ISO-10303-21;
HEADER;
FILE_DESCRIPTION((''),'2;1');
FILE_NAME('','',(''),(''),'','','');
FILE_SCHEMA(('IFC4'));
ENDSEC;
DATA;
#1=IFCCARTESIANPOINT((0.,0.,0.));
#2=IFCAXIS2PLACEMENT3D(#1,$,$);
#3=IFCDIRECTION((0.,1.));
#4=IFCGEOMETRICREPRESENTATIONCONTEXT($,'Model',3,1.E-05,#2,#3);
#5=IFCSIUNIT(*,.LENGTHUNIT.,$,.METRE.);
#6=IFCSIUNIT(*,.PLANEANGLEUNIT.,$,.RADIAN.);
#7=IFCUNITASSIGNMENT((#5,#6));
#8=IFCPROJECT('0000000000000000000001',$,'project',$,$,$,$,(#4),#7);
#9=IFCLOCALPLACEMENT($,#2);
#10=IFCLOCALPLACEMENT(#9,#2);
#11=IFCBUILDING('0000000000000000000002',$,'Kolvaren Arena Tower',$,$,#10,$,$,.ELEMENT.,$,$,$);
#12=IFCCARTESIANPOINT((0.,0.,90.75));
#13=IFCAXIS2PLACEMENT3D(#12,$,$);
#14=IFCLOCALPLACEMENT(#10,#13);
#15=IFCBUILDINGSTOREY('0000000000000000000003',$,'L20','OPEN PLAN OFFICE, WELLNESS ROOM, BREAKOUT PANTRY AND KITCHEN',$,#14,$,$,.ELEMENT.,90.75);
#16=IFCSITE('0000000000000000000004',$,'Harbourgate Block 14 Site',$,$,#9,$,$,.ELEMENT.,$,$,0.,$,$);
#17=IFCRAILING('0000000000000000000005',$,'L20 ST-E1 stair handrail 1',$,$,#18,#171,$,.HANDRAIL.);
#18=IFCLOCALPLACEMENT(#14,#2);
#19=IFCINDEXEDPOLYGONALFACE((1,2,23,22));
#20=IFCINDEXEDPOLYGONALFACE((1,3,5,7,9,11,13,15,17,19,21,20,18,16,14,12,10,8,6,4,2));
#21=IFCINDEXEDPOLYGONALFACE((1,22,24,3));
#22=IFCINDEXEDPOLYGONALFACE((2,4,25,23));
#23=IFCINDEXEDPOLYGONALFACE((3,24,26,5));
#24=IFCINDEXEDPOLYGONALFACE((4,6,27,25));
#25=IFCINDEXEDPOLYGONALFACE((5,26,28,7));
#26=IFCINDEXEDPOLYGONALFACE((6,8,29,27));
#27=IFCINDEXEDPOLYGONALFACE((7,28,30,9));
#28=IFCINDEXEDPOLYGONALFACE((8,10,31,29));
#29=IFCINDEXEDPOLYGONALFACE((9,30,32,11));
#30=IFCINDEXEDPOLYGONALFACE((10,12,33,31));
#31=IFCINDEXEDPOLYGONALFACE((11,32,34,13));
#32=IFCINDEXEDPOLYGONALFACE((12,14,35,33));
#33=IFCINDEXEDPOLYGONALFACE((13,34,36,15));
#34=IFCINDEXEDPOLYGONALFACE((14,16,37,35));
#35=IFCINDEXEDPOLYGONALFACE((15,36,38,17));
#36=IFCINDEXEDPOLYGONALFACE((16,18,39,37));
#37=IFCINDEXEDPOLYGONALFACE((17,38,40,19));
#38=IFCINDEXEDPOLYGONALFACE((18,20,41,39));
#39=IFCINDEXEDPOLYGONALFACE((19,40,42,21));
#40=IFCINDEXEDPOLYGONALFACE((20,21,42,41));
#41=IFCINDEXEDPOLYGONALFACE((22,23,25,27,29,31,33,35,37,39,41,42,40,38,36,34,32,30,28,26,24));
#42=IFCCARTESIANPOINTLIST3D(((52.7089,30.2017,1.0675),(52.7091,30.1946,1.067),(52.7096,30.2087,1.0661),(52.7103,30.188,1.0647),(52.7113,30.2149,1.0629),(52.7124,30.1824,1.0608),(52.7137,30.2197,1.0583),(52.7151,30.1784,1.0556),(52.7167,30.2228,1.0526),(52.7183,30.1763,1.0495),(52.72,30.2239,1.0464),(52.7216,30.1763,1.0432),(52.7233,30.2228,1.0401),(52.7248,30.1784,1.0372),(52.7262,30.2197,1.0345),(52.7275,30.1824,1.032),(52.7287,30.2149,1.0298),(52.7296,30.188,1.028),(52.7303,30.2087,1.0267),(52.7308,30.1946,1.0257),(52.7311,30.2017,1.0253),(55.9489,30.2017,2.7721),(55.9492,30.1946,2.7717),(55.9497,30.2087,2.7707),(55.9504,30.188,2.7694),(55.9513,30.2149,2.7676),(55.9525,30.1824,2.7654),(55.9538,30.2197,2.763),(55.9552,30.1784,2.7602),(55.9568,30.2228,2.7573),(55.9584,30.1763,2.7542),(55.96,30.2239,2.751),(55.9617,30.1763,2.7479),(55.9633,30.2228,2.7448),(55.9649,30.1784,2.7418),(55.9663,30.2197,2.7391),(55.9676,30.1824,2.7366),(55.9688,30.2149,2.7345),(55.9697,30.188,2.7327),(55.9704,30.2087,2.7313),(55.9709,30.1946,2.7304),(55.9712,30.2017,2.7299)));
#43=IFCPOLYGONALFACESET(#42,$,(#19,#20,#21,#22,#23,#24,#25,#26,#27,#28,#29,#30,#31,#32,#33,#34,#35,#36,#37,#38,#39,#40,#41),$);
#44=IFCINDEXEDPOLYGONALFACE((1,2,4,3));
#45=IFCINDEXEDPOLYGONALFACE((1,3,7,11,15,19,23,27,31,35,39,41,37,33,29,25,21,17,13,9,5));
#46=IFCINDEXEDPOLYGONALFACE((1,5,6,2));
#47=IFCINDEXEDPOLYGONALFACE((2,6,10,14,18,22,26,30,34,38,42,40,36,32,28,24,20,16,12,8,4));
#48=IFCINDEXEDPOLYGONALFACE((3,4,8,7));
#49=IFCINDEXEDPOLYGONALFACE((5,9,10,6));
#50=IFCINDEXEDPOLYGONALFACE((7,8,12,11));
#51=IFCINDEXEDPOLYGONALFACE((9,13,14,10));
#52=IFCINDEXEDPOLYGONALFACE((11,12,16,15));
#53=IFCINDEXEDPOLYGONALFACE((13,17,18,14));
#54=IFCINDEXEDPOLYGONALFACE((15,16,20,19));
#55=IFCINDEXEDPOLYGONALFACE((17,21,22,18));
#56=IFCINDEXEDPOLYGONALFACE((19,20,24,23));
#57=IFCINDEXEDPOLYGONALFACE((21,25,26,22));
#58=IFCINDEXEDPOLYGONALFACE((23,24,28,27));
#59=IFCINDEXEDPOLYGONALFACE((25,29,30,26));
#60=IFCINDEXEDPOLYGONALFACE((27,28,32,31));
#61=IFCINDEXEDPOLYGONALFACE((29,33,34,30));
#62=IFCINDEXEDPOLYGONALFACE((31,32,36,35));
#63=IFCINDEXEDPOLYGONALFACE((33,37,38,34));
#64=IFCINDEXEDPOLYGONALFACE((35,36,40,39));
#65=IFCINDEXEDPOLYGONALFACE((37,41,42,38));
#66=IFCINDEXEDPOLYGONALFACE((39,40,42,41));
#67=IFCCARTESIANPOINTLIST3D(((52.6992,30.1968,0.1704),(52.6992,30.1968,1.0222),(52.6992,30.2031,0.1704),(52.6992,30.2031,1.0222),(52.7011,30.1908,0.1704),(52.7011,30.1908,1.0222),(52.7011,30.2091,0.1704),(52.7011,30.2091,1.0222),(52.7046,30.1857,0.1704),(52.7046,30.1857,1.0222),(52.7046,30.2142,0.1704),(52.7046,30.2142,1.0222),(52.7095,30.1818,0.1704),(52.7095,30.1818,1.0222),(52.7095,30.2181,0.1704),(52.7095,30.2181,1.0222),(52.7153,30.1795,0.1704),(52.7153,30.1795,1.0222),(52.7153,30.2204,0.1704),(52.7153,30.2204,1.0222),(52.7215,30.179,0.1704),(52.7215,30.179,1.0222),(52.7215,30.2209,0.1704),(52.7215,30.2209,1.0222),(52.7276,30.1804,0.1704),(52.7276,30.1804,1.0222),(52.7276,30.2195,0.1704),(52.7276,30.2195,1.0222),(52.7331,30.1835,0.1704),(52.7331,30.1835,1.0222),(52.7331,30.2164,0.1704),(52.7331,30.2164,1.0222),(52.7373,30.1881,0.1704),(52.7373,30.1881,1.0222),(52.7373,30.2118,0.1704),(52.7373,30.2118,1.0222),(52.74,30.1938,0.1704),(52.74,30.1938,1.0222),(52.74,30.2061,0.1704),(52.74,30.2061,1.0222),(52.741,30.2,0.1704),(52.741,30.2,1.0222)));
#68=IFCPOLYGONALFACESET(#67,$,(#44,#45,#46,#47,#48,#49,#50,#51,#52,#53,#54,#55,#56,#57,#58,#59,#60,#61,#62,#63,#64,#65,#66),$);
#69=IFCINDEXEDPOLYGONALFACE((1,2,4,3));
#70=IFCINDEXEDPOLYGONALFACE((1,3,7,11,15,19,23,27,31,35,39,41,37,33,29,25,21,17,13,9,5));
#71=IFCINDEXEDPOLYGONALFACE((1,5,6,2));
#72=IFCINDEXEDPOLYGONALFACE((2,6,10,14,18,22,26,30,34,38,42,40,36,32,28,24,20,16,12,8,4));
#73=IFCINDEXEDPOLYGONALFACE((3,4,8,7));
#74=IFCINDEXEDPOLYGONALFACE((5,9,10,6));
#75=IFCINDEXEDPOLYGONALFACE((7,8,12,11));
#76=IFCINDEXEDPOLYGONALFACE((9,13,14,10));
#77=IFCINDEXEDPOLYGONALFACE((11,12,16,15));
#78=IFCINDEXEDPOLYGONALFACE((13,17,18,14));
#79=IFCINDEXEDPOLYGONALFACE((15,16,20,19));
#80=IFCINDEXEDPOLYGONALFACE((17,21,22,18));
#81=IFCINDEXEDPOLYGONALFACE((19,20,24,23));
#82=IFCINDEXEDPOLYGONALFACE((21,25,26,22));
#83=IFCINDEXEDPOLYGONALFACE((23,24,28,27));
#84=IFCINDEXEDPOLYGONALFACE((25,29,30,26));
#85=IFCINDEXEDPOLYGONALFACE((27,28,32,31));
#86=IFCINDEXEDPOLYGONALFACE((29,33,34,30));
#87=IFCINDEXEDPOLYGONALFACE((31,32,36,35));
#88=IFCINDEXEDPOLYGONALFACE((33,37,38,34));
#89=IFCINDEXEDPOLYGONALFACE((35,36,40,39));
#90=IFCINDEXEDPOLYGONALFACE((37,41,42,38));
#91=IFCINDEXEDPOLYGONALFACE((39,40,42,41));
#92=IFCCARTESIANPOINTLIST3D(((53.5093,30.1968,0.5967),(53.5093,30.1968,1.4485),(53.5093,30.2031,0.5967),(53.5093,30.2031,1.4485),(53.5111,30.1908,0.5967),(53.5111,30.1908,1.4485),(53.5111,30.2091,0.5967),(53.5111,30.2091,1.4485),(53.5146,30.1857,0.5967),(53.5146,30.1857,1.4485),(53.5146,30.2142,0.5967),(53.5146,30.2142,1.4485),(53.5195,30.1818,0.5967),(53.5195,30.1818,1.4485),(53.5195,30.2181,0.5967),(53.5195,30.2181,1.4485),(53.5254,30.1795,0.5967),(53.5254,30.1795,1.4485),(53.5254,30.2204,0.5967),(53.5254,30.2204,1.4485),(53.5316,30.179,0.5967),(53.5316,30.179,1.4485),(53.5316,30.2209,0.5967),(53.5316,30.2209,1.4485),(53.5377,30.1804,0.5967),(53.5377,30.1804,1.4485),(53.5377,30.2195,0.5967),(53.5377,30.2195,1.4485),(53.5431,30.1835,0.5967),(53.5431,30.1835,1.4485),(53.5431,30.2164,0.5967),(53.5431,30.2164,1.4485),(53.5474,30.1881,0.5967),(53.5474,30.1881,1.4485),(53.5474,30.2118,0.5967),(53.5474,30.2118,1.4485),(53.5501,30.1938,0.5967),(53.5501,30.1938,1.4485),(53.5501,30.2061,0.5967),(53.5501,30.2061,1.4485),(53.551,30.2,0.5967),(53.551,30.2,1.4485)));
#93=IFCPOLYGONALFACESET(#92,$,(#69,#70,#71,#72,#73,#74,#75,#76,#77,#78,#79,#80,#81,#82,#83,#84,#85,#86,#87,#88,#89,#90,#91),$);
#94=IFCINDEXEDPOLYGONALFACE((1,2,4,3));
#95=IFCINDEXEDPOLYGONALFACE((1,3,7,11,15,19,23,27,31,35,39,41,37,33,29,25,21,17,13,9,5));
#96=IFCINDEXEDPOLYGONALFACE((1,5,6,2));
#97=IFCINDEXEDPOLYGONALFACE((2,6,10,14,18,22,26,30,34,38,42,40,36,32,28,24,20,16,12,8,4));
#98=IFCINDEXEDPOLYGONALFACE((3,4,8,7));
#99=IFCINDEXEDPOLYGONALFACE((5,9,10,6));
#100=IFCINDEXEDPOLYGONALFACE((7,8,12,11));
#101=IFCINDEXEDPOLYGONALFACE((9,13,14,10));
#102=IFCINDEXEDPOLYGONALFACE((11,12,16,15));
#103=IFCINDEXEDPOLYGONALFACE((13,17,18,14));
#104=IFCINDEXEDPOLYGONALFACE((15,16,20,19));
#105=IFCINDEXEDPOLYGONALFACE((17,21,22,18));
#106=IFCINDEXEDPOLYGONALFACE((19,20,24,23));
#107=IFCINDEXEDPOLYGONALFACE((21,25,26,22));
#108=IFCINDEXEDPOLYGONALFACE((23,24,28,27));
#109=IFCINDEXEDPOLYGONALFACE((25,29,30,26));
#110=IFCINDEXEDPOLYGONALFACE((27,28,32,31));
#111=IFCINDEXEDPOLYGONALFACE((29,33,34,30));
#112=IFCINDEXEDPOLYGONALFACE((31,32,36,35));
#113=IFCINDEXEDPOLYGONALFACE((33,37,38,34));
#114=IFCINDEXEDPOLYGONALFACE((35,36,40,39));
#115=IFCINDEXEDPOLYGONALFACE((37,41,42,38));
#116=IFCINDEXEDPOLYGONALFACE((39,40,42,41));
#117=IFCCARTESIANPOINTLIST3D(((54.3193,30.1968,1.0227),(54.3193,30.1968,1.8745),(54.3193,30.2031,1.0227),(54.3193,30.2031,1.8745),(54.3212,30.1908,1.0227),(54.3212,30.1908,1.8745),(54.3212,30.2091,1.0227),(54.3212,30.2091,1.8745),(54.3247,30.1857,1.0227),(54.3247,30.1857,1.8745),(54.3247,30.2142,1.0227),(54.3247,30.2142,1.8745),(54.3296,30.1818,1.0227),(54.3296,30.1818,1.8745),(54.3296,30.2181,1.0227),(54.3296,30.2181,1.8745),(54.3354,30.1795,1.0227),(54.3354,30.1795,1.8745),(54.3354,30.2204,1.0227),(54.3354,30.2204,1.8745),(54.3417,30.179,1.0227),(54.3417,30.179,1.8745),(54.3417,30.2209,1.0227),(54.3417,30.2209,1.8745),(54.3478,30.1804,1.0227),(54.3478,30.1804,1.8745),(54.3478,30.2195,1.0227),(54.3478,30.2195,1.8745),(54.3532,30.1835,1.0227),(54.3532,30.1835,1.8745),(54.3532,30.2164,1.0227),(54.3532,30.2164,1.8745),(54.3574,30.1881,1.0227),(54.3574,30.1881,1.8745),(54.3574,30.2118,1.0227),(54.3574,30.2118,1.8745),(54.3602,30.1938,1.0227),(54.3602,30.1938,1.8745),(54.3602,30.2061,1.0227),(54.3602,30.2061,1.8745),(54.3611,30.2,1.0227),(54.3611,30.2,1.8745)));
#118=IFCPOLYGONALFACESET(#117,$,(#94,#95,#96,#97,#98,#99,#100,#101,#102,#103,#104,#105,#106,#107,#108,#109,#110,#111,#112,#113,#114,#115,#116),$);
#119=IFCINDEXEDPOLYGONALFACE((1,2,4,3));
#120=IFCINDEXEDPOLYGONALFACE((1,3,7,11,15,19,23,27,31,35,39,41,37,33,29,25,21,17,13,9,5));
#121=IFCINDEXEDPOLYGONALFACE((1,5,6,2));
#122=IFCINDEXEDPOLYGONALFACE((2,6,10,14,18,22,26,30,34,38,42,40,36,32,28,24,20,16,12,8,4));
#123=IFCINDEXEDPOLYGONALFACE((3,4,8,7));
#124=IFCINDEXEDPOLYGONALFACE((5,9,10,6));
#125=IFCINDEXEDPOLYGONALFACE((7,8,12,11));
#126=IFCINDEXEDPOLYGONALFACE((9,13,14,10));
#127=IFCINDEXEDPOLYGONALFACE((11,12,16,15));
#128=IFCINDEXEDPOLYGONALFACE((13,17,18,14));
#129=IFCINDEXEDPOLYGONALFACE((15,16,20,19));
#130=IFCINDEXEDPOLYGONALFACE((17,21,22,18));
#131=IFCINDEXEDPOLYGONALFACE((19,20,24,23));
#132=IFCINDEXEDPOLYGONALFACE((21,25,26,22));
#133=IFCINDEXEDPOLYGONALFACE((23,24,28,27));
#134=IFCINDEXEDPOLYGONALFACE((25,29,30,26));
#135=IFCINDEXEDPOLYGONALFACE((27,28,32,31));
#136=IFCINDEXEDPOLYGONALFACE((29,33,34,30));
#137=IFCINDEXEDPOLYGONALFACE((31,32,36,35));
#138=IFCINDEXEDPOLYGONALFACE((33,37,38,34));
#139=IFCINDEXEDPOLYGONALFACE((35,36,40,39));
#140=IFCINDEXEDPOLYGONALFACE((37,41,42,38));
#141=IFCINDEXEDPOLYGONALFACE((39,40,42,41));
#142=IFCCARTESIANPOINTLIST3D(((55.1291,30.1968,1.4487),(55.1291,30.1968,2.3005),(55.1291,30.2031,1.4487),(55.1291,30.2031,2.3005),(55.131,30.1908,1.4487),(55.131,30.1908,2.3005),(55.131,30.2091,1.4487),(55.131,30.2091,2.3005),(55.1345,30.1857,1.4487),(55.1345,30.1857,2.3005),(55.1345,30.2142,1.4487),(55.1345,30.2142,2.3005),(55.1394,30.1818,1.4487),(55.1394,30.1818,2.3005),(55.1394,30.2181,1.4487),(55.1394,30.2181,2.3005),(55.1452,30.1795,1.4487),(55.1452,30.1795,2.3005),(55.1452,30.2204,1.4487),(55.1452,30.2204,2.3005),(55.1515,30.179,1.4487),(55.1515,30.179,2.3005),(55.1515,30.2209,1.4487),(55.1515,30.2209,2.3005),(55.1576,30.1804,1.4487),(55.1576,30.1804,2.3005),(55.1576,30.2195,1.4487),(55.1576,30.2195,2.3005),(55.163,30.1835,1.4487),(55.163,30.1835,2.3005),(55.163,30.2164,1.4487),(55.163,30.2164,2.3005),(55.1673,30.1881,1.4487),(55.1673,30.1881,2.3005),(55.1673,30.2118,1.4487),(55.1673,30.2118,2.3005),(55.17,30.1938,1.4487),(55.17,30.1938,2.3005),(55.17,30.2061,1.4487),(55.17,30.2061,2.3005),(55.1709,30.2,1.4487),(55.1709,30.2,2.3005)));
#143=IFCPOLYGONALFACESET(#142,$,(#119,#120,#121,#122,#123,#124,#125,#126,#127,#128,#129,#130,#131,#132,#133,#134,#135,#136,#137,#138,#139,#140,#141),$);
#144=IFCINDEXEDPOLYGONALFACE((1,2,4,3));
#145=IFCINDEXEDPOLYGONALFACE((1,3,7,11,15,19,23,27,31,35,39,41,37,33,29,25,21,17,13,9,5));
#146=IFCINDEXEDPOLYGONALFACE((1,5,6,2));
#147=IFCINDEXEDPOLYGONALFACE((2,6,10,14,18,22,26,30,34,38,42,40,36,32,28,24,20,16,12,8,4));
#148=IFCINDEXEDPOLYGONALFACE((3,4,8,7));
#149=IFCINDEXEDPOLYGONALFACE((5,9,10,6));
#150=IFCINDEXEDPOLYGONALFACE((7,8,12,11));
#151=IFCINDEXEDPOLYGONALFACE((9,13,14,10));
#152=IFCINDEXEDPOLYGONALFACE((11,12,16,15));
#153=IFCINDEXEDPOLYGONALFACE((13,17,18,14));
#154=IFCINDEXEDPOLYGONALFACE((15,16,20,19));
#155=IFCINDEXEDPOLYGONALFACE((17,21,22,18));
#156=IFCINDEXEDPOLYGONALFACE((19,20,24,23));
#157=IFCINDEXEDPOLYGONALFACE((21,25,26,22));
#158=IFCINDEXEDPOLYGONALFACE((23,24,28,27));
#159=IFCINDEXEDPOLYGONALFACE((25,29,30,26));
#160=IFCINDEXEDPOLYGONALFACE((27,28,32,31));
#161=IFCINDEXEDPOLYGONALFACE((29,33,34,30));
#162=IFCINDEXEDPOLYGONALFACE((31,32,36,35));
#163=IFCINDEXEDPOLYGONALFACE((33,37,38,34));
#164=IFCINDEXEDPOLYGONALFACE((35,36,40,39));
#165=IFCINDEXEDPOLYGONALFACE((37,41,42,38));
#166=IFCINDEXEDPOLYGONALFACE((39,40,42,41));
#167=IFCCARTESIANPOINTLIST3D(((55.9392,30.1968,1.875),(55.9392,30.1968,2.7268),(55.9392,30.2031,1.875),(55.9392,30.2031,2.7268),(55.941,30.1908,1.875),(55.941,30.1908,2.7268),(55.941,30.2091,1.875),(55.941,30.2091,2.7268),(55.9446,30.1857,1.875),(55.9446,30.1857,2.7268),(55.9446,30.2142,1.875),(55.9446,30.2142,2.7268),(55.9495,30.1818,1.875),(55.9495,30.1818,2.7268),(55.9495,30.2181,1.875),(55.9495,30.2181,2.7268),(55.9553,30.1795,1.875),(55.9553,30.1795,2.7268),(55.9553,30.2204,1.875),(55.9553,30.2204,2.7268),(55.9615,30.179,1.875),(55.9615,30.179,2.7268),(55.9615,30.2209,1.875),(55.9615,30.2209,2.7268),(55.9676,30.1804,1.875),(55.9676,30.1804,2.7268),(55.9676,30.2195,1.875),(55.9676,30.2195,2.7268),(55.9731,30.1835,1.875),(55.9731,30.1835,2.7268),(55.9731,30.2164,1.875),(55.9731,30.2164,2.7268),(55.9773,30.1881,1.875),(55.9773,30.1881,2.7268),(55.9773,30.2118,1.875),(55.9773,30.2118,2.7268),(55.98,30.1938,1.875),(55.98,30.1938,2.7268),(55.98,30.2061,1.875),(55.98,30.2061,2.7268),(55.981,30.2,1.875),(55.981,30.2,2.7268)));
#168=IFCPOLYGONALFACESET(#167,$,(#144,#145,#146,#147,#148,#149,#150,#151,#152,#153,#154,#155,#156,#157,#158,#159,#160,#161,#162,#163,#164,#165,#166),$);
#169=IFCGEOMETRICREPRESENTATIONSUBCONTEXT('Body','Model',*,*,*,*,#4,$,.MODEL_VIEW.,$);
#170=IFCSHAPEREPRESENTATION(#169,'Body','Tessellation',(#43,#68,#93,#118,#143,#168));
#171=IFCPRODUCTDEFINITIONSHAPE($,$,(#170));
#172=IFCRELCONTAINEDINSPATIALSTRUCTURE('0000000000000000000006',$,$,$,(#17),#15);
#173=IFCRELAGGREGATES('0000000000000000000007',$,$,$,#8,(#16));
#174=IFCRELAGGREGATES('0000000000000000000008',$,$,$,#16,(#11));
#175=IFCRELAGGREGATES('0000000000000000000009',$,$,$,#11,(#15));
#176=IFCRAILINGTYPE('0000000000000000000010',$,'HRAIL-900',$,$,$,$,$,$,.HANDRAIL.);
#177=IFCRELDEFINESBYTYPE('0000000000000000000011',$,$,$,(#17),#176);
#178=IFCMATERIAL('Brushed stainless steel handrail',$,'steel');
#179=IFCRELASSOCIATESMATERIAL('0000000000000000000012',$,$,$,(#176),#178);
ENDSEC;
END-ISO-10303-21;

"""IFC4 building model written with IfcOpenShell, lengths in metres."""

from ifc_helpers import new_model, si_unit, direction, frame, origin, origin_2d, place, context, subcontext, project, spatial, circle, extrude, material, type_object, element, save


model = new_model("IFC4")

# Units and contexts
model_context = context("Model", 3, precision=1e-05, world=origin(), true_north=direction((0.0, 1.0)))
body_context = subcontext(model_context, "Body", "Model", "MODEL_VIEW")
ifc_project = project(units=[si_unit("LENGTHUNIT", "METRE"), si_unit("PLANEANGLEUNIT", "RADIAN")], contexts=[model_context])

# Site, building, storey
site_placement = place(None, origin())
site = spatial("IfcSite", under=ifc_project, at=site_placement, Name="Harbourgate Block 14 Site", CompositionType="ELEMENT", RefElevation=0.0)
building_placement = place(site_placement, origin())
building = spatial("IfcBuilding", under=site, at=building_placement, Name="Kolvaren Arena Tower", CompositionType="ELEMENT")
storey_placement = place(building_placement, frame((0.0, 0.0, 90.75)))
storey = spatial("IfcBuildingStorey", under=building, at=storey_placement, Name="L20", Description="OPEN PLAN OFFICE, WELLNESS ROOM, BREAKOUT PANTRY AND KITCHEN", CompositionType="ELEMENT", Elevation=90.75)

# Railing
ifc_material_1 = material(Name="Brushed stainless steel handrail", Category="steel")
railing_type_1 = type_object("IfcRailingType", Name="HRAIL-900", PredefinedType="HANDRAIL", material=ifc_material_1)
railing_1_placement = place(storey_placement, frame((52.72, 30.2, 0.1704)))
element("IfcRailing", 1, at=railing_1_placement, inside=storey, type_object=railing_type_1, Name="L20 ST-E1 stair handrail 1", PredefinedType="HANDRAIL", context=body_context, shape_type="SweptSolid", body=[
    extrude(circle(Radius=0.0239, at=origin_2d()), frame((0.0, 0.0, 0.876), z_axis=(0.884993, 0.0, 0.465604), x_axis=(0.0, 1.0, 0.0)), (0.0, 0.0, 1.0), 3.6611),
    extrude(circle(Radius=0.021, at=origin_2d()), origin(), (0.0, 0.0, 1.0), 0.8518),
    extrude(circle(Radius=0.021, at=origin_2d()), frame((0.8101, 0.0, 0.4263)), (0.0, 0.0, 1.0), 0.8518),
    extrude(circle(Radius=0.021, at=origin_2d()), frame((1.6201, 0.0, 0.8523)), (0.0, 0.0, 1.0), 0.8518),
    extrude(circle(Radius=0.021, at=origin_2d()), frame((2.4299, 0.0, 1.2783)), (0.0, 0.0, 1.0), 0.8518),
    extrude(circle(Radius=0.021, at=origin_2d()), frame((3.24, 0.0, 1.7046)), (0.0, 0.0, 1.0), 0.8518),
])

save(model, "model.ifc")
